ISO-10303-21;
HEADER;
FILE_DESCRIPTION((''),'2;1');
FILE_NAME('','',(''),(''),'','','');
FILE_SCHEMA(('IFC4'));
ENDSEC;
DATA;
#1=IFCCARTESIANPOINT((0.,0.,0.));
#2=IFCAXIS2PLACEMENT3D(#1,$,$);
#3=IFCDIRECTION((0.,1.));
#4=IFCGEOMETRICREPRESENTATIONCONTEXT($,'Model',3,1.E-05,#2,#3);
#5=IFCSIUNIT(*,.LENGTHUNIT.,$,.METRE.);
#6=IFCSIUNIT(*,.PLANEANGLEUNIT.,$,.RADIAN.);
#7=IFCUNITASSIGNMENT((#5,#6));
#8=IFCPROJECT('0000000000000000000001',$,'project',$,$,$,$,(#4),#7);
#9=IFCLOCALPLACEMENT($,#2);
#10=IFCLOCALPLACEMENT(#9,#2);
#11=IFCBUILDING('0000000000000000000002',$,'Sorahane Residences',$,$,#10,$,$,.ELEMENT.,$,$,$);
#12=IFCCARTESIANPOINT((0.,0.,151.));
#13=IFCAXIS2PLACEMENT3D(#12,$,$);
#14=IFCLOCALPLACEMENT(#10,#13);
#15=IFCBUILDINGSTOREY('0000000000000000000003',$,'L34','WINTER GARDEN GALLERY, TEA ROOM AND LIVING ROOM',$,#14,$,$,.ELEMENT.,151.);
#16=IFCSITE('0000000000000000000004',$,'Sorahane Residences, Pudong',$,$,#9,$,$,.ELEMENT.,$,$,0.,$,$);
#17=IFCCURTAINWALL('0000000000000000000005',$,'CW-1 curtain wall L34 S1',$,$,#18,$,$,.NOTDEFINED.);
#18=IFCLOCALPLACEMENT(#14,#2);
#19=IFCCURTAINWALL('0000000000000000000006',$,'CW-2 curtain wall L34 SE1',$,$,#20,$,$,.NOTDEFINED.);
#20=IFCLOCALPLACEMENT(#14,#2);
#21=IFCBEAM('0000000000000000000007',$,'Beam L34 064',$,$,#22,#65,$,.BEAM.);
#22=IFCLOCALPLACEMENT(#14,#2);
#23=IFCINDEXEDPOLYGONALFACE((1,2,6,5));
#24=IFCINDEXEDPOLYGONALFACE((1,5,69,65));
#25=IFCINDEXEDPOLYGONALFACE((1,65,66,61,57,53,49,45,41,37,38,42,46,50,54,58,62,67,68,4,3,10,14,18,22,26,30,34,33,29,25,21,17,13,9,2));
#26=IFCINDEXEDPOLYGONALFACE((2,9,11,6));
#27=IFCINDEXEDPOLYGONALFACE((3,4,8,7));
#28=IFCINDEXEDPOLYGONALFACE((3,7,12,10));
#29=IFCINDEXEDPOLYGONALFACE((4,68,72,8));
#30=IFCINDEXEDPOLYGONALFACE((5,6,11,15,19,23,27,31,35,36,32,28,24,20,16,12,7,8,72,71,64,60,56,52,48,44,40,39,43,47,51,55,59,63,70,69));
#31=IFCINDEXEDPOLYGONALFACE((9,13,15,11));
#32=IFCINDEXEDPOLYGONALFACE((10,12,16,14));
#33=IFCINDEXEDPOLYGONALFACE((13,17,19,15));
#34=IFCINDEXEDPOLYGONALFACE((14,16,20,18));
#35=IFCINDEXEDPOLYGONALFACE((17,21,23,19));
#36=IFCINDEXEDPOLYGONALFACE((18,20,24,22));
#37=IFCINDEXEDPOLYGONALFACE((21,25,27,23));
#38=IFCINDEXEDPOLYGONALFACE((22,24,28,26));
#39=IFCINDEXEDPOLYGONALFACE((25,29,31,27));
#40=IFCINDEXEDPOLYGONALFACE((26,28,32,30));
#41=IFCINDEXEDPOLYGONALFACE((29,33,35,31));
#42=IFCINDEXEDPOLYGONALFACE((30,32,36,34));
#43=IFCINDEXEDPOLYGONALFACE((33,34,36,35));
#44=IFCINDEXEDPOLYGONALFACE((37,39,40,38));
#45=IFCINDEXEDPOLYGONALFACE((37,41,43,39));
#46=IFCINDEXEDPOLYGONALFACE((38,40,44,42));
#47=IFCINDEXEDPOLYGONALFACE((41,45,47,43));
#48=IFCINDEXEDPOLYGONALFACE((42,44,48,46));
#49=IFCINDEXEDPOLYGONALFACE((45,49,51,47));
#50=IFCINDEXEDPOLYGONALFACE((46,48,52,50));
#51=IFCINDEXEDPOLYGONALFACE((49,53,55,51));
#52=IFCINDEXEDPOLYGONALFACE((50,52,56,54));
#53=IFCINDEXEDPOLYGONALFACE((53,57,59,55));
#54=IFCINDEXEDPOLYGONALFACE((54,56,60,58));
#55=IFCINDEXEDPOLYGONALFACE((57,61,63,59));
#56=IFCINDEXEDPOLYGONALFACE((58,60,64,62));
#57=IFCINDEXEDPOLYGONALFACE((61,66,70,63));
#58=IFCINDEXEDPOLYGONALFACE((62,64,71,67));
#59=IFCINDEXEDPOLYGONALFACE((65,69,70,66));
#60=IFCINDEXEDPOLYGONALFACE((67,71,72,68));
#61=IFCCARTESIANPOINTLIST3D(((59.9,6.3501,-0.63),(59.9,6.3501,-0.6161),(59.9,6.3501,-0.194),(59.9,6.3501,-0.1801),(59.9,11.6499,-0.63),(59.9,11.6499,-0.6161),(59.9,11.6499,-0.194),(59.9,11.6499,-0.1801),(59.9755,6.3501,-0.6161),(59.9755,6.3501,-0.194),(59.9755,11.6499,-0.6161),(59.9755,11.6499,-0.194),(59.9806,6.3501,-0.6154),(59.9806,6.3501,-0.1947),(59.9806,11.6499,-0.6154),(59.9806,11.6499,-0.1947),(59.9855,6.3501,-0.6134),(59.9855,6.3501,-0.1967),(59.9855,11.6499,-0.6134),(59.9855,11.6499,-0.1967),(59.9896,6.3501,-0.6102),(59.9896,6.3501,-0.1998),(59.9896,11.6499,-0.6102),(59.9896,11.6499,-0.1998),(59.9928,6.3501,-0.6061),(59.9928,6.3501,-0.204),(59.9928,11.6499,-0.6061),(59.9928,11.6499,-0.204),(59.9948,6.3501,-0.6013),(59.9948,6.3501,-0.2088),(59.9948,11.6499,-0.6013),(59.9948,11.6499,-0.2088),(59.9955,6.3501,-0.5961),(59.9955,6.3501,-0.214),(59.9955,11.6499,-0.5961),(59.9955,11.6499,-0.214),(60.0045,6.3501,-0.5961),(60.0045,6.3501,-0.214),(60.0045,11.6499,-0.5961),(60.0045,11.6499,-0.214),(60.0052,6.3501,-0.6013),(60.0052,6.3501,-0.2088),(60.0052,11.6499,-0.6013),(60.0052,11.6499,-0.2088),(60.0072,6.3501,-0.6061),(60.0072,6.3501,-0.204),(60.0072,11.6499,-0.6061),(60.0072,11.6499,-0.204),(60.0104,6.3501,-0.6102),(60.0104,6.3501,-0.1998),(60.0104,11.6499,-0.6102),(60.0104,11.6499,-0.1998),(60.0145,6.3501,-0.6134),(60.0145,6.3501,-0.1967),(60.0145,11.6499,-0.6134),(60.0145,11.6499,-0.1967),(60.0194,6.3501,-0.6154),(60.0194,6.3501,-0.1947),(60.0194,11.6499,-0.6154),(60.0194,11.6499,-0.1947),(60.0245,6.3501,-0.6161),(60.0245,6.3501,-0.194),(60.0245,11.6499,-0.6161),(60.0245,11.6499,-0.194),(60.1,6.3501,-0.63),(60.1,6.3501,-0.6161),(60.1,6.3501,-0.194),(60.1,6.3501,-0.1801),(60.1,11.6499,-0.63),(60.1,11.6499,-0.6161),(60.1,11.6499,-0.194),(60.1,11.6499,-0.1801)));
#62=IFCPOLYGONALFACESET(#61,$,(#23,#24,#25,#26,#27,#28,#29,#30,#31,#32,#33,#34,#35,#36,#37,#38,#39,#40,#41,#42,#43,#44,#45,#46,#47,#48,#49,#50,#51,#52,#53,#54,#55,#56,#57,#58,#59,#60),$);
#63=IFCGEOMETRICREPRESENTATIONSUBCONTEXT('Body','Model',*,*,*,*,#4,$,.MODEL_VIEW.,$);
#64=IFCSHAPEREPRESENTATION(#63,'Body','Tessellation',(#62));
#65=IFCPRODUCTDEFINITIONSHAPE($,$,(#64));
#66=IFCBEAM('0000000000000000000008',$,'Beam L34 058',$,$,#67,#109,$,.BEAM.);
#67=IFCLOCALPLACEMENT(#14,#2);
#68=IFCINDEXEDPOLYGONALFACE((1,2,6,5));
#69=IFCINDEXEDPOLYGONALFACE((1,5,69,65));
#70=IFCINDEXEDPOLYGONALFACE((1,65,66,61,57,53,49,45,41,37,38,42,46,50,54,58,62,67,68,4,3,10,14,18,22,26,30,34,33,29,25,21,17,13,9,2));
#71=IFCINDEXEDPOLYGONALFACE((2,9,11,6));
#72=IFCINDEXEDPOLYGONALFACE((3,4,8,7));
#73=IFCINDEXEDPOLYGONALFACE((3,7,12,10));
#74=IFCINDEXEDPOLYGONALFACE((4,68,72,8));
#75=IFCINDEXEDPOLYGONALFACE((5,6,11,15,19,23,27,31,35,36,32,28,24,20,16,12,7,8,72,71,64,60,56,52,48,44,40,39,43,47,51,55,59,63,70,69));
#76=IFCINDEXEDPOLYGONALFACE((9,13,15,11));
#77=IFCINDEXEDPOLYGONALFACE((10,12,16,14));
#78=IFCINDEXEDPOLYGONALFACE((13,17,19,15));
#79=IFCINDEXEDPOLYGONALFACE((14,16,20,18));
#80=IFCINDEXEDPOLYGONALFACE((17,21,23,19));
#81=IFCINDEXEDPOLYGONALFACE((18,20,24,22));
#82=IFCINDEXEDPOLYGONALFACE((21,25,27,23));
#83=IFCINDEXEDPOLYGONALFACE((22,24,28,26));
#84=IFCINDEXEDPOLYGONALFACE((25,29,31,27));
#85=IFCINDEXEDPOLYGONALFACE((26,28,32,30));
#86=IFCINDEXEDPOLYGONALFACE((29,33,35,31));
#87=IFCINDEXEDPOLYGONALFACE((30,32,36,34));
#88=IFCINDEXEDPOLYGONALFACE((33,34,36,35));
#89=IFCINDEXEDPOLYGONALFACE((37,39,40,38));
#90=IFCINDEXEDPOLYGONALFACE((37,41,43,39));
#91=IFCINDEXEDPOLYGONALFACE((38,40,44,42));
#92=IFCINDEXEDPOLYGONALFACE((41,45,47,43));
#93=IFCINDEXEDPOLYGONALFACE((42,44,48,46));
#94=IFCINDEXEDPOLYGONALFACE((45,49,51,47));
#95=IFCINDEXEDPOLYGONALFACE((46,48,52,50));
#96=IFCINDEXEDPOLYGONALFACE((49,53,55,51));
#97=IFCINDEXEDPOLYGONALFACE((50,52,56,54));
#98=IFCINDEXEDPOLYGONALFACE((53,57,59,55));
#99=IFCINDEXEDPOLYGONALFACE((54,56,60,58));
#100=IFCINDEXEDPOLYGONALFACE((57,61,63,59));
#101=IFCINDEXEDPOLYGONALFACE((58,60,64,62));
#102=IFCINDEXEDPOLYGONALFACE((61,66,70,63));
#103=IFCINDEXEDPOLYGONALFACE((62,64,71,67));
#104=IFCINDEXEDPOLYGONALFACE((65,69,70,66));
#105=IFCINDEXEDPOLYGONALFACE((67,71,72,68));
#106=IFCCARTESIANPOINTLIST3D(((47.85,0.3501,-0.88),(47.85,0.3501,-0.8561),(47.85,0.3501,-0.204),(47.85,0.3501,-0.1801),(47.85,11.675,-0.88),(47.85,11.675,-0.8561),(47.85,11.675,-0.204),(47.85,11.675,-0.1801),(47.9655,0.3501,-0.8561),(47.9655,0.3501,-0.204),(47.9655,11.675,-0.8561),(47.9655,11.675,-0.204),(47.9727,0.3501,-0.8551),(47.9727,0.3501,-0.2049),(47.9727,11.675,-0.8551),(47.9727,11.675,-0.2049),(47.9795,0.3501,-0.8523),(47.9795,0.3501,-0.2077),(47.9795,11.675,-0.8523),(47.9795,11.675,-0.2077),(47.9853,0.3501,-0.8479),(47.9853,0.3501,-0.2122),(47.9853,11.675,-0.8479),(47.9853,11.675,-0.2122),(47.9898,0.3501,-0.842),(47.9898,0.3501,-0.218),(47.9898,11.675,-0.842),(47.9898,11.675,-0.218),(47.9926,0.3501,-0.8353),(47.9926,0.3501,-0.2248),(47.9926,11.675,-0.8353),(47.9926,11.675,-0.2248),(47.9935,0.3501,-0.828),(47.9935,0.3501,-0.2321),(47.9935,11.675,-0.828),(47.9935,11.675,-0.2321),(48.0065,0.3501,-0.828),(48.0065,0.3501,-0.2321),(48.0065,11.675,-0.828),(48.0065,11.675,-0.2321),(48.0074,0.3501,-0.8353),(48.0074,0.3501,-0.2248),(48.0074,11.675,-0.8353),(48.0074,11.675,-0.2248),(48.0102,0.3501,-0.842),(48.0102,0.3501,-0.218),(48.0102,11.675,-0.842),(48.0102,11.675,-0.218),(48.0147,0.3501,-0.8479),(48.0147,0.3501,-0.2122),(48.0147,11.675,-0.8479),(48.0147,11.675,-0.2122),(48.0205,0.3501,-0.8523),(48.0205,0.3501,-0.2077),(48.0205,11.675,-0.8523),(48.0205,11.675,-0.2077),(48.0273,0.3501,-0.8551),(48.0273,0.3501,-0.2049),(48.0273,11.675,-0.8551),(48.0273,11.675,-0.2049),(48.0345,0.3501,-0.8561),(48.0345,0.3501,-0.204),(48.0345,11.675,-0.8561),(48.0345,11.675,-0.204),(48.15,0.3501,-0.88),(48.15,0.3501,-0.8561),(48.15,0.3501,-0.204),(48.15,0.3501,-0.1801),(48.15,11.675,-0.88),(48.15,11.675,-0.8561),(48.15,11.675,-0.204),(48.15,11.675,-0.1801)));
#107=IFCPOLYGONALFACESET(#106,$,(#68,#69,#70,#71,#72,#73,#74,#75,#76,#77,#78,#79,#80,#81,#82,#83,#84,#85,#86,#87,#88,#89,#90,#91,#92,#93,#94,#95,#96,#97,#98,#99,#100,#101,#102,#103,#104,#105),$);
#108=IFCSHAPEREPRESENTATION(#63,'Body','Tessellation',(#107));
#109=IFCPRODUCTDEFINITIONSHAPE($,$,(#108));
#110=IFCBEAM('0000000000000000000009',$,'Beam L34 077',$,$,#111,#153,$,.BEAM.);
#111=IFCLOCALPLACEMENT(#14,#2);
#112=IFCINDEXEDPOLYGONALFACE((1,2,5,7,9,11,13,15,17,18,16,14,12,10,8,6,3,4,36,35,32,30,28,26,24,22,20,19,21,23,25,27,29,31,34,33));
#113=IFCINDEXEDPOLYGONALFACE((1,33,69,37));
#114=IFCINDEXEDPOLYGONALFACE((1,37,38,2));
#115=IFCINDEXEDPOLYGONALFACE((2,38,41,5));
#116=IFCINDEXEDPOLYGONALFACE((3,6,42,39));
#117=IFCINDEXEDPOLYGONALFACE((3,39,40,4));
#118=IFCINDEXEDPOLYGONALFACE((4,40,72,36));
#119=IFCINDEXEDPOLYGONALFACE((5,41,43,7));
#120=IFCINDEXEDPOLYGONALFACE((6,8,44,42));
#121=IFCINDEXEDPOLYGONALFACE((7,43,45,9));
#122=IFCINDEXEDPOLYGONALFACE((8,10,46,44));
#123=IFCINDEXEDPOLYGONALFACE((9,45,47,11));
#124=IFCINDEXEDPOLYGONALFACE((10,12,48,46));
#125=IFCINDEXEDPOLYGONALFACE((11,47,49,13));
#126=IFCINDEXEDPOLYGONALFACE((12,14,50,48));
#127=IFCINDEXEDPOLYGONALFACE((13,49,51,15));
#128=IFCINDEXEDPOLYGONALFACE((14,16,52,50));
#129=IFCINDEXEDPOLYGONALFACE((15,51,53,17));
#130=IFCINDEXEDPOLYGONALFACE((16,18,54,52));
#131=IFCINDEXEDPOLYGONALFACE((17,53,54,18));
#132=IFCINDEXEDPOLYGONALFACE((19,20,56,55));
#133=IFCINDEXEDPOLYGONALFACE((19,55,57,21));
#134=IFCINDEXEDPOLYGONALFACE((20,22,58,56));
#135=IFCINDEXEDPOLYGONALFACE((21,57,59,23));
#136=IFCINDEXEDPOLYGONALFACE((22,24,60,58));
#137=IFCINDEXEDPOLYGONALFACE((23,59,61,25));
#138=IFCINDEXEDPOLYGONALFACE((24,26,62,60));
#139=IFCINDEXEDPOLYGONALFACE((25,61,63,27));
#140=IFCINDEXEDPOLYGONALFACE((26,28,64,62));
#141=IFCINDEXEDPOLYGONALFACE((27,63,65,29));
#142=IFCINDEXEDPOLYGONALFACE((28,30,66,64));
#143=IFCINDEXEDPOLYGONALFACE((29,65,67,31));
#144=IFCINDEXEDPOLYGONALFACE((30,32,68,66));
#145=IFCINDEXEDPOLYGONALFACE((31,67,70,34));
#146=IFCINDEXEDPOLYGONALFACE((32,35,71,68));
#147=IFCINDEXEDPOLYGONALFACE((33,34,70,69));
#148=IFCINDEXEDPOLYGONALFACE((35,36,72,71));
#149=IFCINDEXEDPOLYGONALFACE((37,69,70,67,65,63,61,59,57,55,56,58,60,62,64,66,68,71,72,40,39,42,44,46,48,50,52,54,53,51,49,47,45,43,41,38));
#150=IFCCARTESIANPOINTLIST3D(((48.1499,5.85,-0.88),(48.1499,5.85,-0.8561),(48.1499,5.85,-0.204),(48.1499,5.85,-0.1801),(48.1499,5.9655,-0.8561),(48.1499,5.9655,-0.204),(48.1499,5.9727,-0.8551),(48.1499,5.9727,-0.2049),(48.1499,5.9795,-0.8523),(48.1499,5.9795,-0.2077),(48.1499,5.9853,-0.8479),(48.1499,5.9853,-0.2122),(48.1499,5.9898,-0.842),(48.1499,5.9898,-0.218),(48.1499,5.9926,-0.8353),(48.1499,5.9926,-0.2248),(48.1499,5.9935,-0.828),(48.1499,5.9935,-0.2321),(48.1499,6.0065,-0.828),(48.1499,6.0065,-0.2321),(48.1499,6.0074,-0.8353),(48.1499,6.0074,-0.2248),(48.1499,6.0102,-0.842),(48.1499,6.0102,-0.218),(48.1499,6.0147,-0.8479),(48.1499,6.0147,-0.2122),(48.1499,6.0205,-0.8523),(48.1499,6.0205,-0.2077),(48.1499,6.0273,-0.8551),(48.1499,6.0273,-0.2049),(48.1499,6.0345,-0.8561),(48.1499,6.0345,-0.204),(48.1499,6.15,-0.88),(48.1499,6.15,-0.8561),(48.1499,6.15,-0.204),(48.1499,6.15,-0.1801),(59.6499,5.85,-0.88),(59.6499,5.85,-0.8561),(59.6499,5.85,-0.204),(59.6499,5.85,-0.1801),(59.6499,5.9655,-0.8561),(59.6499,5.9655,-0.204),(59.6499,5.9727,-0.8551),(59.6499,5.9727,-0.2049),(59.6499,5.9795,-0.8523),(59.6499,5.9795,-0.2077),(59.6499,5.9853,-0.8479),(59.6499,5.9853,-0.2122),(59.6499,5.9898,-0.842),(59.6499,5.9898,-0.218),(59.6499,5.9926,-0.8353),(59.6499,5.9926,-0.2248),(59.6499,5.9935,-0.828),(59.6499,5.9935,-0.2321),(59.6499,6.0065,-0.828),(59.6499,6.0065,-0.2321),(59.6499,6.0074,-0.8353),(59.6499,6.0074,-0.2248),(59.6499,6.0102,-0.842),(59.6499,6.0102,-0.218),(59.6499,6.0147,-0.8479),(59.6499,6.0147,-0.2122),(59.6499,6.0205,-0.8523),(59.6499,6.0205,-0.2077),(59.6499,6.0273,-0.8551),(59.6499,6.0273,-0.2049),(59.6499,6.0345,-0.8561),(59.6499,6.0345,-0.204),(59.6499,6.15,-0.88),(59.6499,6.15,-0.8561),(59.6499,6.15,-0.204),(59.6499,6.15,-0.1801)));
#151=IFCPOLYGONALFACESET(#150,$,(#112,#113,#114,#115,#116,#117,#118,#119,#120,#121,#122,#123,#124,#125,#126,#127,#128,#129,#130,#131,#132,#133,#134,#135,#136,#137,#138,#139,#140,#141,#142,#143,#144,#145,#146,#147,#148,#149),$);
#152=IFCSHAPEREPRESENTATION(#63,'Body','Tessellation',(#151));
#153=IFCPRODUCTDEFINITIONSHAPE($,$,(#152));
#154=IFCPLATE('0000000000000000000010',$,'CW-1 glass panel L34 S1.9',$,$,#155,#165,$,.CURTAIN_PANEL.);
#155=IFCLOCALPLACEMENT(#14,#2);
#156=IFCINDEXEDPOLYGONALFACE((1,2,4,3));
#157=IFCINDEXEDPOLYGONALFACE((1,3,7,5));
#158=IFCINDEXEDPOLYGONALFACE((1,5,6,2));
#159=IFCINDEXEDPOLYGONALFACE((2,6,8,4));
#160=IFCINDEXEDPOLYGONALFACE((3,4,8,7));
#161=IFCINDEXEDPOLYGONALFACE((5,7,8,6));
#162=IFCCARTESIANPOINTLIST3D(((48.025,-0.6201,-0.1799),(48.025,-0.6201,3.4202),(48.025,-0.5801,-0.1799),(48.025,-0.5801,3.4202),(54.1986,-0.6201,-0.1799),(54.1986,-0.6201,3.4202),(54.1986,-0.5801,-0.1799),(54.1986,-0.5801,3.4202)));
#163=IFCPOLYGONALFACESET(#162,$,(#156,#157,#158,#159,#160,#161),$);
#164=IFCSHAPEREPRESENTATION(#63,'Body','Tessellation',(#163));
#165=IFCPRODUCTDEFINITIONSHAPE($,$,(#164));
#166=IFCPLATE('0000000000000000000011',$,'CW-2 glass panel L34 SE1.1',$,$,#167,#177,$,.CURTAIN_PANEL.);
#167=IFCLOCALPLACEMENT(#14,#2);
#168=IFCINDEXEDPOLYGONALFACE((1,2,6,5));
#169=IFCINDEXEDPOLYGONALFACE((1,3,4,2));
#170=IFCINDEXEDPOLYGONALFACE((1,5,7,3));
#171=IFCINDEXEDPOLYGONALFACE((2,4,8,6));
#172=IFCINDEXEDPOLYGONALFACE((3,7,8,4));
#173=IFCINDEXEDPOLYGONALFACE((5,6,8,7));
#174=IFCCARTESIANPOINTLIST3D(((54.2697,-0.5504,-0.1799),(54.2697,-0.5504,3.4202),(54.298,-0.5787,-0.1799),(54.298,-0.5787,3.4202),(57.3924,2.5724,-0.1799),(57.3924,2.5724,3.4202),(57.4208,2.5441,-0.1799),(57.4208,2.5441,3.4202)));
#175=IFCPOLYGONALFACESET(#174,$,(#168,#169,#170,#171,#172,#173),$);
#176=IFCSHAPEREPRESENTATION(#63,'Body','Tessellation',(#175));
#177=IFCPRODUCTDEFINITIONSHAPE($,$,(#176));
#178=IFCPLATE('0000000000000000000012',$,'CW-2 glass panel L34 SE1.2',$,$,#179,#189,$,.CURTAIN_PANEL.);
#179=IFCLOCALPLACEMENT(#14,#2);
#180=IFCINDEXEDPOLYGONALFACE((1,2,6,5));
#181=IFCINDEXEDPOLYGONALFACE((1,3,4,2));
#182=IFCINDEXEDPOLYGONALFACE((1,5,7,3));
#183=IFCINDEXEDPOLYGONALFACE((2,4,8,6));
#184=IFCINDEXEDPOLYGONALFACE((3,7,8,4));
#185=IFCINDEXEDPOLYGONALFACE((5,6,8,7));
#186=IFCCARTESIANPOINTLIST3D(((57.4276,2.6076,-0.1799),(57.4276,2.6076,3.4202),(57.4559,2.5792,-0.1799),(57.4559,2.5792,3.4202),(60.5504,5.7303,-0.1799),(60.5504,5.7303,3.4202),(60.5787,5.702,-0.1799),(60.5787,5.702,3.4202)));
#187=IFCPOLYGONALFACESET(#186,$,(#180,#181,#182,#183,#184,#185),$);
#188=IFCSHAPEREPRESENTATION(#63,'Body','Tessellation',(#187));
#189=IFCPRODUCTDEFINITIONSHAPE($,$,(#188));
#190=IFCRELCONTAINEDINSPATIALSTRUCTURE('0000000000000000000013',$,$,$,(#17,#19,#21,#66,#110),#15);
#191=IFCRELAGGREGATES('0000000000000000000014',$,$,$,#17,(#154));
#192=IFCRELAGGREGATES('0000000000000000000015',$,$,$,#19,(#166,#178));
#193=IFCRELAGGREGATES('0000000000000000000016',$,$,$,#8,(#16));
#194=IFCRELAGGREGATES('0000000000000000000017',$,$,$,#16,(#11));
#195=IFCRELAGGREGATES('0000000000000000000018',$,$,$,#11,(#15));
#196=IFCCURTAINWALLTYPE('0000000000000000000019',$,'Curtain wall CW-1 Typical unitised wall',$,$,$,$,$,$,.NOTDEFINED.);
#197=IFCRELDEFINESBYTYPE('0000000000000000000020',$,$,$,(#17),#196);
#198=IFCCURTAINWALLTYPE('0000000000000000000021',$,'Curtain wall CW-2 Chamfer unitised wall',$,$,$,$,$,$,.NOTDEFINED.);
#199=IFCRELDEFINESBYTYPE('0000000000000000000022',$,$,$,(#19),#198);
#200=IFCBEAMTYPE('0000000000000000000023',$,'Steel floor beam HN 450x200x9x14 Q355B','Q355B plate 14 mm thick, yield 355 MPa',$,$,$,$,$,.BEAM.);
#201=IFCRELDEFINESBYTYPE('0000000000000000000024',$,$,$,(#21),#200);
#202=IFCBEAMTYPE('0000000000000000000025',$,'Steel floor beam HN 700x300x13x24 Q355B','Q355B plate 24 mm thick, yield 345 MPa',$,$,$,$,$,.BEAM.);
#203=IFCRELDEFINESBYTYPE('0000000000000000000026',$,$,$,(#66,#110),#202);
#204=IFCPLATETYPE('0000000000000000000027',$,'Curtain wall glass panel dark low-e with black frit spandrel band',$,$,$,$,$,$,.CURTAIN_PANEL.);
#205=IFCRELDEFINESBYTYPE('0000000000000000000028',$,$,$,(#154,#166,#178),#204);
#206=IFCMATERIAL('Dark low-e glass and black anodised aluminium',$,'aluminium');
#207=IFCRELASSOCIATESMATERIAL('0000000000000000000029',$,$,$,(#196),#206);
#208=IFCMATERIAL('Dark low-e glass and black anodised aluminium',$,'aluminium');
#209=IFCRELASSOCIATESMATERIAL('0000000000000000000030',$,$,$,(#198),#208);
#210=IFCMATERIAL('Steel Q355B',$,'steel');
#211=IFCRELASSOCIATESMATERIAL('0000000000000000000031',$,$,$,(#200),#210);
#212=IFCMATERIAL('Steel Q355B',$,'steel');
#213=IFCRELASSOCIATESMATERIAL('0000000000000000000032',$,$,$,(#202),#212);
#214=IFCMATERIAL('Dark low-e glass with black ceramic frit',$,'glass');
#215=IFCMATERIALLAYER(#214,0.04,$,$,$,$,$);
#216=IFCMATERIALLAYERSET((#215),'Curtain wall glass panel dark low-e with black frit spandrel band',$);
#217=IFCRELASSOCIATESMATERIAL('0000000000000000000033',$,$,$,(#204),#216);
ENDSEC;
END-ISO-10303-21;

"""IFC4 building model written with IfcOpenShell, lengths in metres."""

from ifc_helpers import new_model, si_unit, direction, frame, origin, origin_2d, place, context, subcontext, project, spatial, rectangle, i_section, extrude, material, layer, layer_set, material_profile, profile_set, type_object, element, aggregate, save


model = new_model("IFC4")

# Units and contexts
model_context = context("Model", 3, precision=1e-05, world=origin(), true_north=direction((0.0, 1.0)))
body_context = subcontext(model_context, "Body", "Model", "MODEL_VIEW")
ifc_project = project(units=[si_unit("LENGTHUNIT", "METRE"), si_unit("PLANEANGLEUNIT", "RADIAN")], contexts=[model_context])

# Site, building, storey
site_placement = place(None, origin())
site = spatial("IfcSite", under=ifc_project, at=site_placement, Name="Sorahane Residences, Pudong", CompositionType="ELEMENT", RefElevation=0.0)
building_placement = place(site_placement, origin())
building = spatial("IfcBuilding", under=site, at=building_placement, Name="Sorahane Residences", CompositionType="ELEMENT")
storey_placement = place(building_placement, frame((0.0, 0.0, 151.0)))
storey = spatial("IfcBuildingStorey", under=building, at=storey_placement, Name="L34", Description="WINTER GARDEN GALLERY, TEA ROOM AND LIVING ROOM", CompositionType="ELEMENT", Elevation=151.0)

# Curtain walls
ifc_material_1 = material(Name="Dark low-e glass and black anodised aluminium", Category="aluminium")
curtain_wall_type_1 = type_object("IfcCurtainWallType", Name="Curtain wall CW-1 Typical unitised wall", PredefinedType="NOTDEFINED", material=ifc_material_1)
curtain_wall_1_placement = place(storey_placement, origin())
curtain_wall_1 = element("IfcCurtainWall", 1, at=curtain_wall_1_placement, inside=storey, type_object=curtain_wall_type_1, Name="CW-1 curtain wall L34 S1", PredefinedType="NOTDEFINED")
ifc_material_2 = material(Name="Dark low-e glass and black anodised aluminium", Category="aluminium")
curtain_wall_type_2 = type_object("IfcCurtainWallType", Name="Curtain wall CW-2 Chamfer unitised wall", PredefinedType="NOTDEFINED", material=ifc_material_2)
curtain_wall_2_placement = place(storey_placement, origin())
curtain_wall_2 = element("IfcCurtainWall", 2, at=curtain_wall_2_placement, inside=storey, type_object=curtain_wall_type_2, Name="CW-2 curtain wall L34 SE1", PredefinedType="NOTDEFINED")

# Beams
ifc_material_3 = material(Name="Steel Q355B", Category="steel")
ifc_material_profile_1 = material_profile(ifc_material_3, i_section(OverallWidth=0.2, OverallDepth=0.45, WebThickness=0.009, FlangeThickness=0.0139, FilletRadius=0.02, at=origin_2d()), Name="HN 450x200x9x14")
ifc_profile_set_1 = profile_set([ifc_material_profile_1], Name="Steel Q355B")
beam_type_1 = type_object("IfcBeamType", Name="Steel floor beam HN 450x200x9x14 Q355B", Description="Q355B plate 14 mm thick, yield 355 MPa", PredefinedType="BEAM", material=ifc_profile_set_1)
for number, where, z_axis, x_axis, name in (
    (3, (60.0, 6.3501, -0.405), (0.0, 1.0, 0.0), (-1.0, 0.0, 0.0), "Beam L34 064"),
):
    element("IfcBeam", number, at=place(storey_placement, frame(where, z_axis=z_axis, x_axis=x_axis)), inside=storey, type_object=beam_type_1, Name=name, PredefinedType="BEAM", context=body_context, shape_type="SweptSolid", body=[
        extrude(i_section(OverallWidth=0.2, OverallDepth=0.45, WebThickness=0.009, FlangeThickness=0.0139, FilletRadius=0.02, at=origin_2d()), origin(), (0.0, 0.0, 1.0), 5.2998),
    ])
ifc_material_4 = material(Name="Steel Q355B", Category="steel")
ifc_material_profile_2 = material_profile(ifc_material_4, i_section(OverallWidth=0.3, OverallDepth=0.7, WebThickness=0.0129, FlangeThickness=0.0239, FilletRadius=0.0281, at=origin_2d()), Name="HN 700x300x13x24")
ifc_profile_set_2 = profile_set([ifc_material_profile_2], Name="Steel Q355B")
beam_type_2 = type_object("IfcBeamType", Name="Steel floor beam HN 700x300x13x24 Q355B", Description="Q355B plate 24 mm thick, yield 345 MPa", PredefinedType="BEAM", material=ifc_profile_set_2)
beam_1_placement = place(storey_placement, frame((48.0, 0.3501, -0.53), z_axis=(0.0, 1.0, 0.0), x_axis=(-1.0, 0.0, 0.0)))
element("IfcBeam", 4, at=beam_1_placement, inside=storey, type_object=beam_type_2, Name="Beam L34 058", PredefinedType="BEAM", context=body_context, shape_type="SweptSolid", body=[
    extrude(i_section(OverallWidth=0.3, OverallDepth=0.7, WebThickness=0.0129, FlangeThickness=0.0239, FilletRadius=0.0281, at=origin_2d()), origin(), (0.0, 0.0, 1.0), 11.325),
])
beam_2_placement = place(storey_placement, frame((48.1499, 6.0, -0.53), z_axis=(1.0, 0.0, 0.0), x_axis=(0.0, 1.0, 0.0)))
element("IfcBeam", 5, at=beam_2_placement, inside=storey, type_object=beam_type_2, Name="Beam L34 077", PredefinedType="BEAM", context=body_context, shape_type="SweptSolid", body=[
    extrude(i_section(OverallWidth=0.3, OverallDepth=0.7, WebThickness=0.0129, FlangeThickness=0.0239, FilletRadius=0.0281, at=origin_2d()), origin(), (0.0, 0.0, 1.0), 11.5),
])

# Plates
ifc_material_5 = material(Name="Dark low-e glass with black ceramic frit", Category="glass")
ifc_layer_1 = layer(ifc_material_5, 0.04)
ifc_layer_set_1 = layer_set([ifc_layer_1], Name="Curtain wall glass panel dark low-e with black frit spandrel band")
plate_type = type_object("IfcPlateType", Name="Curtain wall glass panel dark low-e with black frit spandrel band", PredefinedType="CURTAIN_PANEL", material=ifc_layer_set_1)
plate_1_placement = place(storey_placement, frame((51.1118, -0.6001, -0.1799), z_axis=(0.0, 0.0, 1.0), x_axis=(1.0, 0.0, 0.0)))
plate_1 = element("IfcPlate", 6, at=plate_1_placement, type_object=plate_type, Name="CW-1 glass panel L34 S1.9", PredefinedType="CURTAIN_PANEL", context=body_context, shape_type="SweptSolid", body=[
    extrude(rectangle(XDim=6.1736, YDim=0.04, at=origin_2d()), origin(), (0.0, 0.0, 1.0), 3.6001),
])
aggregate(curtain_wall_1, [plate_1])
plate_2_placement = place(storey_placement, frame((55.8452, 0.9968, -0.1799), z_axis=(0.0, 0.0, 1.0), x_axis=(0.707107, 0.707107, 0.0)))
plate_2 = element("IfcPlate", 7, at=plate_2_placement, type_object=plate_type, Name="CW-2 glass panel L34 SE1.1", PredefinedType="CURTAIN_PANEL", context=body_context, shape_type="SweptSolid", body=[
    extrude(rectangle(XDim=4.4163, YDim=0.04, at=origin_2d()), origin(), (0.0, 0.0, 1.0), 3.6001),
])
plate_3_placement = place(storey_placement, frame((59.0032, 4.1548, -0.1799), z_axis=(0.0, 0.0, 1.0), x_axis=(0.707107, 0.707107, 0.0)))
plate_3 = element("IfcPlate", 8, at=plate_3_placement, type_object=plate_type, Name="CW-2 glass panel L34 SE1.2", PredefinedType="CURTAIN_PANEL", context=body_context, shape_type="SweptSolid", body=[
    extrude(rectangle(XDim=4.4163, YDim=0.04, at=origin_2d()), origin(), (0.0, 0.0, 1.0), 3.6001),
])
aggregate(curtain_wall_2, [plate_2, plate_3])

save(model, "model.ifc")
